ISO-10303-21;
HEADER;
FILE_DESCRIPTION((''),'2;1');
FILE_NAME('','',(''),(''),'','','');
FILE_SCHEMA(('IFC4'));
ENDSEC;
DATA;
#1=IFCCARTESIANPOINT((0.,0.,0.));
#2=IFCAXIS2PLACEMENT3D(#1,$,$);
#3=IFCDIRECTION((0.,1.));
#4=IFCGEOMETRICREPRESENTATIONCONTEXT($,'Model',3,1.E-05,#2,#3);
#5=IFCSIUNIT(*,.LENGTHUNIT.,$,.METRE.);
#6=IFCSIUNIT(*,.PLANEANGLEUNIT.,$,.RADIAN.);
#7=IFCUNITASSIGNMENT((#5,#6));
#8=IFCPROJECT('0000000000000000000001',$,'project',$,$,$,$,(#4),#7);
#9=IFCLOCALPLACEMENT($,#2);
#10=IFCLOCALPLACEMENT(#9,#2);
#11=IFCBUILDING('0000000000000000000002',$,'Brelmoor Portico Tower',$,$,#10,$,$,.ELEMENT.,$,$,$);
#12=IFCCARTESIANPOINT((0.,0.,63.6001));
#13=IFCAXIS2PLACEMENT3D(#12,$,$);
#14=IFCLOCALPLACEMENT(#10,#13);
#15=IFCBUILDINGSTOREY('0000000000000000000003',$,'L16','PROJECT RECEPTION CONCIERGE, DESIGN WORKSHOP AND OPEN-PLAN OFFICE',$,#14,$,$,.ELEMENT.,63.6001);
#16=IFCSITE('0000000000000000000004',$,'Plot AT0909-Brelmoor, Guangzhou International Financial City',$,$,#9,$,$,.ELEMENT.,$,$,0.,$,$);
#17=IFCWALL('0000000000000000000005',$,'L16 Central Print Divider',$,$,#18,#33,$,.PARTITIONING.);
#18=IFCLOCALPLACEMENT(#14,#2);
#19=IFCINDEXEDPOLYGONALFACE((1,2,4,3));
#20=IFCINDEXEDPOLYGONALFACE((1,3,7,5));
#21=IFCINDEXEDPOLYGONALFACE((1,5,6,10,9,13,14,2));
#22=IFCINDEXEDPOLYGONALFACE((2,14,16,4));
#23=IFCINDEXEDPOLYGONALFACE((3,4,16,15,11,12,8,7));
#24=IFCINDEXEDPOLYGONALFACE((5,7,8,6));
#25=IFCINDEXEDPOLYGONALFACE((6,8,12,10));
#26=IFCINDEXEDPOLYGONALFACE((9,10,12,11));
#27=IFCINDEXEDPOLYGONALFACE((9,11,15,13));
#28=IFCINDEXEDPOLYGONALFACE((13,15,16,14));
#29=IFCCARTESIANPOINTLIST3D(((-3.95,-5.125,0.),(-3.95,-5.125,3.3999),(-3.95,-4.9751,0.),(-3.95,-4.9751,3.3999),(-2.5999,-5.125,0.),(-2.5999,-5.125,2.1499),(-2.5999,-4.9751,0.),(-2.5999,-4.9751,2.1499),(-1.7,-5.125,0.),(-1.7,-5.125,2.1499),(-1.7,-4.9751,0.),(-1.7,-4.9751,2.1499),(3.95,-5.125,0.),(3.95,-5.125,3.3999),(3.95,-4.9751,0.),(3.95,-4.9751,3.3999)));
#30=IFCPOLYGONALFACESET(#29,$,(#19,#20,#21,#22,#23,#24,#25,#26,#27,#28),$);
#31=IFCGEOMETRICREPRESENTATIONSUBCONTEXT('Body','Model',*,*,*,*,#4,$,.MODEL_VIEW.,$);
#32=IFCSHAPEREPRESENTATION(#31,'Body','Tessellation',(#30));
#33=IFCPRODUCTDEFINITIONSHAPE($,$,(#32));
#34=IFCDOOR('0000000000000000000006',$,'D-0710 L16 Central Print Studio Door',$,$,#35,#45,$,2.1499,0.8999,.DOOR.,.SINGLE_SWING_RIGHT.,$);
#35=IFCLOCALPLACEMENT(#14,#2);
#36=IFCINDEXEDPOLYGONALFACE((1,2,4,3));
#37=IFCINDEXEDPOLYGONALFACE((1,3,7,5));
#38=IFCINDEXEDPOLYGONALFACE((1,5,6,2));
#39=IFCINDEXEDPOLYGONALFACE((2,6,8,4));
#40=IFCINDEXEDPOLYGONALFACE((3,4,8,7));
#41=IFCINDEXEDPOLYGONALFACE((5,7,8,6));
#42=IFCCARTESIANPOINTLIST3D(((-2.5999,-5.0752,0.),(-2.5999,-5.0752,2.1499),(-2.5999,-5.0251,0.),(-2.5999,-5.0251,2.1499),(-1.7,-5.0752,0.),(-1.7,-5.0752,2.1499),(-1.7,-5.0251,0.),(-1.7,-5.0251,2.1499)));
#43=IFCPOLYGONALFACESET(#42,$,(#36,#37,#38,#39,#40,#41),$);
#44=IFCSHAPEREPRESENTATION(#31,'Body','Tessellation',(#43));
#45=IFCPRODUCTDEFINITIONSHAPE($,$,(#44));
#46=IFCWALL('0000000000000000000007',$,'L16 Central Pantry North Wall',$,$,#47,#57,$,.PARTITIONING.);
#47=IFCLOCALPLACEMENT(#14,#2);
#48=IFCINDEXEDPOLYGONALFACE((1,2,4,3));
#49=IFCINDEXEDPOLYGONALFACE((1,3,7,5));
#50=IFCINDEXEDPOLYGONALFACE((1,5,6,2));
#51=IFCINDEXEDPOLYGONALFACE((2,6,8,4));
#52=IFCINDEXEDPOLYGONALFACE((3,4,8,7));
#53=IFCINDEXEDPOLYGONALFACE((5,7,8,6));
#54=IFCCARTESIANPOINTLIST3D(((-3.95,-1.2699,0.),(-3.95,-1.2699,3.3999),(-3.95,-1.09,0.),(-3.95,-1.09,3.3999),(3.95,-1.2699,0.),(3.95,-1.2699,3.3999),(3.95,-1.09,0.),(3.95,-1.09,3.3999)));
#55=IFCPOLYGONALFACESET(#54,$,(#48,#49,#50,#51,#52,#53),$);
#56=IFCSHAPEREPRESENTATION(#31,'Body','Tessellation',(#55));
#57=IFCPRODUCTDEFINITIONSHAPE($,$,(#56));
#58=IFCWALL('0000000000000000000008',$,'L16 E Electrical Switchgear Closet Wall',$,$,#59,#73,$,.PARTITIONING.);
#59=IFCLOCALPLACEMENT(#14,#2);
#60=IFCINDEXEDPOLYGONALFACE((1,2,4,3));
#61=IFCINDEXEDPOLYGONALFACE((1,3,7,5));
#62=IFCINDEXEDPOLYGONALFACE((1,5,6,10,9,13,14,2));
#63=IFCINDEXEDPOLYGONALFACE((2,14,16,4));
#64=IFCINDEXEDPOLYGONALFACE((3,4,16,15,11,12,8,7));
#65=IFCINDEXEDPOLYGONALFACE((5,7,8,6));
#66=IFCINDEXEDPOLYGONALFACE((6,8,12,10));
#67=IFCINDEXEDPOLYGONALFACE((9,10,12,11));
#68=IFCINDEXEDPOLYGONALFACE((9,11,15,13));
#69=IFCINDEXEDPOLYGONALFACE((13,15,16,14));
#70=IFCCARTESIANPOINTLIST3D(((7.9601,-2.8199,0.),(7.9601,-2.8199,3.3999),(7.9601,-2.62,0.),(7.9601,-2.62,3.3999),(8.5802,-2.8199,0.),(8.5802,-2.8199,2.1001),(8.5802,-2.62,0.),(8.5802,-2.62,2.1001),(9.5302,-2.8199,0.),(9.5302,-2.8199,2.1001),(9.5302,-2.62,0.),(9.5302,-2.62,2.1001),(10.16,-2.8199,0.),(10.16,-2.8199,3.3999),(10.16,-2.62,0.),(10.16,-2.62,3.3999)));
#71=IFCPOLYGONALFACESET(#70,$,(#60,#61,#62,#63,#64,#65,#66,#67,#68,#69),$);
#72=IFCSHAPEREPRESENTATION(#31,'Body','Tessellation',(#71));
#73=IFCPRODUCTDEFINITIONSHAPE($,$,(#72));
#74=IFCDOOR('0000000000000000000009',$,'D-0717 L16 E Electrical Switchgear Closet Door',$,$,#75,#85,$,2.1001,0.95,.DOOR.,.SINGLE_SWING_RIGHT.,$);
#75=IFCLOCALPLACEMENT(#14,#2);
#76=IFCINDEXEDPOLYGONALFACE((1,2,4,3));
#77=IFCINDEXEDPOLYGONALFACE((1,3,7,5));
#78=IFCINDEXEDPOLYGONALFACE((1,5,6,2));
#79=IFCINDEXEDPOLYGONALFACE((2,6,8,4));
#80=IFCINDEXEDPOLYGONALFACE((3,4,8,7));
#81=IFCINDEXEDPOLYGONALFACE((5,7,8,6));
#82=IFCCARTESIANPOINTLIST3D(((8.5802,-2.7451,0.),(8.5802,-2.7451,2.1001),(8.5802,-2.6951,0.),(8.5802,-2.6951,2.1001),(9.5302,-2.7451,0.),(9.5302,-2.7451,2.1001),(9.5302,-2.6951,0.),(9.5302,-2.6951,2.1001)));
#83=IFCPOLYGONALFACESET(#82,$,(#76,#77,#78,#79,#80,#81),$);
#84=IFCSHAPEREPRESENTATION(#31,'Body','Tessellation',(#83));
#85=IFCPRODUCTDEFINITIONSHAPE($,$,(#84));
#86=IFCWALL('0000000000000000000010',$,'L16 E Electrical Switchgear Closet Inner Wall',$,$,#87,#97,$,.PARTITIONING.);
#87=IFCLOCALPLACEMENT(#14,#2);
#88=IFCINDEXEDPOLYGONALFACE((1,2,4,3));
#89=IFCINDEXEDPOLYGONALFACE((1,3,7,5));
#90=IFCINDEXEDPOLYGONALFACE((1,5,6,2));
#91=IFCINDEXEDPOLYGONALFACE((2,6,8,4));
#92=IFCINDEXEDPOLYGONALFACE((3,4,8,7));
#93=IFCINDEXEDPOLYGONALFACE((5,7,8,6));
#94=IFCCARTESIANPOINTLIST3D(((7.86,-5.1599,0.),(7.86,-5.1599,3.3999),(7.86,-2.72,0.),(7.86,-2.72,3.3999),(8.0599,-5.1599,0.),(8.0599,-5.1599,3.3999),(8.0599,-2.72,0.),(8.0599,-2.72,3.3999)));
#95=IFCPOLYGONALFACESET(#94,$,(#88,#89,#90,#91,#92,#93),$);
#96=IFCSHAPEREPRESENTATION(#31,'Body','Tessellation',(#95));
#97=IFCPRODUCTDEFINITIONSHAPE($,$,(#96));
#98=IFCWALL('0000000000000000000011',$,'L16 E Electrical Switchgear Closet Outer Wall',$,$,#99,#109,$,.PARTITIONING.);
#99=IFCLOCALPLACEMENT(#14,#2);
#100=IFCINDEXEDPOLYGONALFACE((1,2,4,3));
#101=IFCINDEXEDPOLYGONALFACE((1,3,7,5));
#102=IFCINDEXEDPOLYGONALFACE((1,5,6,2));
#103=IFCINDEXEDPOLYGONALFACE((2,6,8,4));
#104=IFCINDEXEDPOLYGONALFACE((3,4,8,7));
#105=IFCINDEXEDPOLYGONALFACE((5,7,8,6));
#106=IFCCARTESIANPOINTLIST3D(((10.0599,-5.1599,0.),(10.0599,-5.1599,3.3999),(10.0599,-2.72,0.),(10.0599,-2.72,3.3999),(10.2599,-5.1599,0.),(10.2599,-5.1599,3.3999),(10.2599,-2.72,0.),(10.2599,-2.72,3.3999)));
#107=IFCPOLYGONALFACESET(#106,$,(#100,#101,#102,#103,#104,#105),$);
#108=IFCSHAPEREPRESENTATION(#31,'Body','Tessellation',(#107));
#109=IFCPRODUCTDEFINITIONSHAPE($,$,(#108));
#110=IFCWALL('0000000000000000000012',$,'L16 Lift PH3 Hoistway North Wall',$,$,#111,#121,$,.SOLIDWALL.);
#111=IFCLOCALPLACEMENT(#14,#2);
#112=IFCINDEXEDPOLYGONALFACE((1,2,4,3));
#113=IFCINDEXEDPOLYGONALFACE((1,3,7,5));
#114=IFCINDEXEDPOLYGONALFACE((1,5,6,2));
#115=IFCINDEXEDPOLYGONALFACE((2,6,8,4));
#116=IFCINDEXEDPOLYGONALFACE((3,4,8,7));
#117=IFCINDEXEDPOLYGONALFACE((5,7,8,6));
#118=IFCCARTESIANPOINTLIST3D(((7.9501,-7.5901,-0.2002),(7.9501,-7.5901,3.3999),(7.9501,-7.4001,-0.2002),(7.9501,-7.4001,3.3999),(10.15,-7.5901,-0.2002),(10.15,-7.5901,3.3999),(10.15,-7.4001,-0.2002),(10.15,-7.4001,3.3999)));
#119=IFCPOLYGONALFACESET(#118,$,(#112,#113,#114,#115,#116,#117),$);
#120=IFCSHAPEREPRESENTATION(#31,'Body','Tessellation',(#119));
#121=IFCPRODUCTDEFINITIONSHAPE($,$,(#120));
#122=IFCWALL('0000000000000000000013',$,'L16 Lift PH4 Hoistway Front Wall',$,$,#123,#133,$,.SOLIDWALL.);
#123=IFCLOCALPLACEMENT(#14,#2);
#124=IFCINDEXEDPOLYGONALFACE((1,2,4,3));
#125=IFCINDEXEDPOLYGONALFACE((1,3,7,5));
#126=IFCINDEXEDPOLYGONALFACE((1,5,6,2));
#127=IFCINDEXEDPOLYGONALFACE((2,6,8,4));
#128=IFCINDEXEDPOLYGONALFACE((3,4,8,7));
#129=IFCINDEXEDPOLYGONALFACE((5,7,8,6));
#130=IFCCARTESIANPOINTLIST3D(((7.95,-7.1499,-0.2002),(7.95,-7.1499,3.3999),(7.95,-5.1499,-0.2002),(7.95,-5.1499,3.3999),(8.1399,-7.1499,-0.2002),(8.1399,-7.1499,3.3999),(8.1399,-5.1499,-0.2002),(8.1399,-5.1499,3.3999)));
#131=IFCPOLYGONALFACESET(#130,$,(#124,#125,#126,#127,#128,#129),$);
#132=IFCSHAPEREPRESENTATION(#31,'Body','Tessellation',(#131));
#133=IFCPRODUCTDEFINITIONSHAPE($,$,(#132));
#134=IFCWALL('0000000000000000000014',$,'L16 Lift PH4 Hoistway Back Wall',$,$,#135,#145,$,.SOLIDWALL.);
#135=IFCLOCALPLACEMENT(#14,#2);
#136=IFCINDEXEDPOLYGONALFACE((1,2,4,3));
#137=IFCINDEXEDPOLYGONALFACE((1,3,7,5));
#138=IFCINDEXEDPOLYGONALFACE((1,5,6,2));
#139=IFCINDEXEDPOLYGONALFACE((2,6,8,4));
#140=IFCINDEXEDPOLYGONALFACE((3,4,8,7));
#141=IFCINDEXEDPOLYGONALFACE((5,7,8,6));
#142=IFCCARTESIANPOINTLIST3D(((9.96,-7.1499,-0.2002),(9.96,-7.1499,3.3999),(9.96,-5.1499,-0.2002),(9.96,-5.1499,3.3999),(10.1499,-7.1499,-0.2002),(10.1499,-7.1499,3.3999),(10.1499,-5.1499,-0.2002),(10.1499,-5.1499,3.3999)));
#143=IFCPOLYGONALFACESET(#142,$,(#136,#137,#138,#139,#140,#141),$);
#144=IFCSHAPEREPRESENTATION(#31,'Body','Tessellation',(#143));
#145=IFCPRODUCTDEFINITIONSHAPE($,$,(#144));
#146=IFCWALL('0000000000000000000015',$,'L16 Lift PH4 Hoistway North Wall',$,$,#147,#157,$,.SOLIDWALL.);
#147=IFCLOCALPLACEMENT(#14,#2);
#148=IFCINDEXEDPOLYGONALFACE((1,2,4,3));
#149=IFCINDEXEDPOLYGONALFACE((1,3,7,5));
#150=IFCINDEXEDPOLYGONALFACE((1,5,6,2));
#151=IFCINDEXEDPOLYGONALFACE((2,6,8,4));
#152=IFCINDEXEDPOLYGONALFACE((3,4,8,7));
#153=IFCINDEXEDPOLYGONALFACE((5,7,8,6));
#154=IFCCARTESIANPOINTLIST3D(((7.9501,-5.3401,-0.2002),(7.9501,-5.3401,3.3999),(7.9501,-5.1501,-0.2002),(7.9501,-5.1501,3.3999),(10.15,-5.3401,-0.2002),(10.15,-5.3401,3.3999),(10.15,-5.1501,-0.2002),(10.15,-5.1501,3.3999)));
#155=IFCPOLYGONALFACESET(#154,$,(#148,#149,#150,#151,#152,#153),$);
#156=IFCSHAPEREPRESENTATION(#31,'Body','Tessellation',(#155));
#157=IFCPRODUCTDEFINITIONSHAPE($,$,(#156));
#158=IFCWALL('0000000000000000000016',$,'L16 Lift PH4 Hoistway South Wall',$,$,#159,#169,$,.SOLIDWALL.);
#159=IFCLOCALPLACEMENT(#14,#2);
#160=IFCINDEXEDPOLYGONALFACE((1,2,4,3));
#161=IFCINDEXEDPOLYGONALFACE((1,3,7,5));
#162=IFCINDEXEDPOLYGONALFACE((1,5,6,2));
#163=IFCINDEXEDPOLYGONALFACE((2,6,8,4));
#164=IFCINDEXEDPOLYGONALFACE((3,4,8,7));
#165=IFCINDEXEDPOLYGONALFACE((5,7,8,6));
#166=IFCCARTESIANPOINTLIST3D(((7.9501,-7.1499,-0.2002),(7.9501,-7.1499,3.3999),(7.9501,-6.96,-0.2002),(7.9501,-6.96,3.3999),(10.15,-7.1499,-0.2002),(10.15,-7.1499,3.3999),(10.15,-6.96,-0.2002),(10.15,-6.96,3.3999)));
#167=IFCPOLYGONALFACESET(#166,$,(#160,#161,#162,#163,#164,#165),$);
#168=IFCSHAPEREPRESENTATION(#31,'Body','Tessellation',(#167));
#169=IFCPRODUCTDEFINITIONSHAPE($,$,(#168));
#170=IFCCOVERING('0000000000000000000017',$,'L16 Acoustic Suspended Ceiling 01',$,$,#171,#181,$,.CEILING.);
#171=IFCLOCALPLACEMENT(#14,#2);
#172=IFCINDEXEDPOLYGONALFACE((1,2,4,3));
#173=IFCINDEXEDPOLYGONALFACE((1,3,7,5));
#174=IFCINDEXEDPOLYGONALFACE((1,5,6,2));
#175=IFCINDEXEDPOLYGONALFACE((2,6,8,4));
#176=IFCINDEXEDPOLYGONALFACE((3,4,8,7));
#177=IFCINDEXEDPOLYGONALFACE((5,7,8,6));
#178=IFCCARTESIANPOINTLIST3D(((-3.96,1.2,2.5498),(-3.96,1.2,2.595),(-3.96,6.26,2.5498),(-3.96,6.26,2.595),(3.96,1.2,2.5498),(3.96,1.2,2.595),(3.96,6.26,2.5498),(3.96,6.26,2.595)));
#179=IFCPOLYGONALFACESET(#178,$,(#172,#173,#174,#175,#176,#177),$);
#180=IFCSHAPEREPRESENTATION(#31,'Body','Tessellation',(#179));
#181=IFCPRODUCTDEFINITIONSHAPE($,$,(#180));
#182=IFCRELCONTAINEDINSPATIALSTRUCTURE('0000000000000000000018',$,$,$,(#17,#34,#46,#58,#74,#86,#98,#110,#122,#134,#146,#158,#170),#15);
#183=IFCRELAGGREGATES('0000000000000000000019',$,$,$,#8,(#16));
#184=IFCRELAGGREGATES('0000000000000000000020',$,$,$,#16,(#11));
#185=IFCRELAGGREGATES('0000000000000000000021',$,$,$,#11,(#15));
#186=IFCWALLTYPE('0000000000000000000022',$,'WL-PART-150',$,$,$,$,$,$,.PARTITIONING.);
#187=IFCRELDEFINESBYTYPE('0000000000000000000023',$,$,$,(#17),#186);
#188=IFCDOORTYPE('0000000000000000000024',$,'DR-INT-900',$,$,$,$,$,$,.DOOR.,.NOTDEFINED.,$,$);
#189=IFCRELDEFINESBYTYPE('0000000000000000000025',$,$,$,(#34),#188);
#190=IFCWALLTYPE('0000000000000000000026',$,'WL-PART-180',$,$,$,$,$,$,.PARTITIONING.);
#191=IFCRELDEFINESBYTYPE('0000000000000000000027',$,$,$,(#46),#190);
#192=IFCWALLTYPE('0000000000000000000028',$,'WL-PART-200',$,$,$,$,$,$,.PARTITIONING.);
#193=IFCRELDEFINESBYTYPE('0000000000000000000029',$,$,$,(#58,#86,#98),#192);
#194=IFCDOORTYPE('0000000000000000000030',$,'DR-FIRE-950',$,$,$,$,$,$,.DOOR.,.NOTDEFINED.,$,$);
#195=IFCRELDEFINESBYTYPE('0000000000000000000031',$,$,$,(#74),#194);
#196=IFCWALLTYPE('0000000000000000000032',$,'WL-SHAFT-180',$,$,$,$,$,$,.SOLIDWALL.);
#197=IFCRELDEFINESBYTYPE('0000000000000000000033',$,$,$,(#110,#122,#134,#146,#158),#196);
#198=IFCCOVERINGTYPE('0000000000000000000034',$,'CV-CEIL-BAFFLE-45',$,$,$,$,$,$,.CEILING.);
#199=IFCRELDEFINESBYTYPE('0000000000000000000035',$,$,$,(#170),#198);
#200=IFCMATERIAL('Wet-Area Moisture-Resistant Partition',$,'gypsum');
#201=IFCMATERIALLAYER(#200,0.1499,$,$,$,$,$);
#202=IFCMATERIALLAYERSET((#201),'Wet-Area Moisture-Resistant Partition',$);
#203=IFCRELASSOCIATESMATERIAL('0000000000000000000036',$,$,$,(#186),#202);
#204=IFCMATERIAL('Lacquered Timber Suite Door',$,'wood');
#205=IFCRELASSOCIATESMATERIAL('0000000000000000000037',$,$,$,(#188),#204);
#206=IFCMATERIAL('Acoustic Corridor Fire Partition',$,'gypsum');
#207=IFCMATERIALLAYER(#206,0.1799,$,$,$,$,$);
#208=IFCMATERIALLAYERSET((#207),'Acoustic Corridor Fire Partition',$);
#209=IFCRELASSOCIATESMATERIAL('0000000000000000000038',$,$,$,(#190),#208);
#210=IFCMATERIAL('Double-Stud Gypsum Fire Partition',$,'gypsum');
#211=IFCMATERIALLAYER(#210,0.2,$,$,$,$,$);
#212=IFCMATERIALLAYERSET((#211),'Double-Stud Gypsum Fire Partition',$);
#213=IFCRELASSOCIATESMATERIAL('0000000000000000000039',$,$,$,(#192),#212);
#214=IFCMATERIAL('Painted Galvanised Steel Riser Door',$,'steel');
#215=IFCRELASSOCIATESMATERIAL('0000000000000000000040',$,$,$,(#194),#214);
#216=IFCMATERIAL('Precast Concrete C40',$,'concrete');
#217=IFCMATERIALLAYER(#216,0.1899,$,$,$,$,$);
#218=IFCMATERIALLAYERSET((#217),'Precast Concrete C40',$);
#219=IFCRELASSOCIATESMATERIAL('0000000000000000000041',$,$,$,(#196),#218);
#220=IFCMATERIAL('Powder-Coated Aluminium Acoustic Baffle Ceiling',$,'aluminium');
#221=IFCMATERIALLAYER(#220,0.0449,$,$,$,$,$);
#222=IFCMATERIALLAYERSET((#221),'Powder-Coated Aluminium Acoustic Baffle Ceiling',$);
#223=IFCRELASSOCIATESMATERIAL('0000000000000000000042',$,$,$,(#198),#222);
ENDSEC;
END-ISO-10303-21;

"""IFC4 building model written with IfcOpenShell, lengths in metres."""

from ifc_helpers import new_model, si_unit, direction, frame, frame_2d, origin, place, context, subcontext, project, spatial, polyline, rectangle, outline, extrude, material, layer, layer_set, type_object, element, fill, save


model = new_model("IFC4")

# Units and contexts
model_context = context("Model", 3, precision=1e-05, world=origin(), true_north=direction((0.0, 1.0)))
body_context = subcontext(model_context, "Body", "Model", "MODEL_VIEW")
ifc_project = project(units=[si_unit("LENGTHUNIT", "METRE"), si_unit("PLANEANGLEUNIT", "RADIAN")], contexts=[model_context])

# Site, building, storey
site_placement = place(None, origin())
site = spatial("IfcSite", under=ifc_project, at=site_placement, Name="Plot AT0909-Brelmoor, Guangzhou International Financial City", CompositionType="ELEMENT", RefElevation=0.0)
building_placement = place(site_placement, origin())
building = spatial("IfcBuilding", under=site, at=building_placement, Name="Brelmoor Portico Tower", CompositionType="ELEMENT")
storey_placement = place(building_placement, frame((0.0, 0.0, 63.6001)))
storey = spatial("IfcBuildingStorey", under=building, at=storey_placement, Name="L16", Description="PROJECT RECEPTION CONCIERGE, DESIGN WORKSHOP AND OPEN-PLAN OFFICE", CompositionType="ELEMENT", Elevation=63.6001)

# Wall, opening, door
ifc_material_1 = material(Name="Wet-Area Moisture-Resistant Partition", Category="gypsum")
ifc_layer_1 = layer(ifc_material_1, 0.1499)
ifc_layer_set_1 = layer_set([ifc_layer_1], Name="Wet-Area Moisture-Resistant Partition")
wall_type_1 = type_object("IfcWallType", Name="WL-PART-150", PredefinedType="PARTITIONING", material=ifc_layer_set_1)
wall_1_placement = place(storey_placement, frame((-3.95, -5.05, 0.0), z_axis=(0.0, 0.0, 1.0), x_axis=(1.0, 0.0, 0.0)))
wall_1 = element("IfcWall", 1, at=wall_1_placement, inside=storey, type_object=wall_type_1, Name="L16 Central Print Divider", PredefinedType="PARTITIONING", context=body_context, shape_type="SweptSolid", body=[
    extrude(rectangle(XDim=7.8999, YDim=0.1499, at=frame_2d((3.95, 0.0))), origin(), (0.0, 0.0, 1.0), 3.3999),
])
opening_1_placement = place(wall_1_placement, frame((1.3501, 0.0, 0.0)))
opening_1 = element("IfcOpeningElement", 2, at=opening_1_placement, cuts=wall_1, PredefinedType="OPENING", context=body_context, shape_type="SweptSolid", body=[
    extrude(rectangle(XDim=0.8999, YDim=2.1499, at=frame_2d((0.45, 1.075))), frame((0.0, 0.085, 0.0), z_axis=(0.0, -1.0, 0.0), x_axis=(1.0, 0.0, 0.0)), (0.0, 0.0, 1.0), 0.1699),
])
ifc_material_2 = material(Name="Lacquered Timber Suite Door", Category="wood")
door_type_1 = type_object("IfcDoorType", Name="DR-INT-900", OperationType="NOTDEFINED", PredefinedType="DOOR", material=ifc_material_2)
door_1_placement = place(opening_1_placement, origin())
door_1 = element("IfcDoor", 3, at=door_1_placement, inside=storey, type_object=door_type_1, Name="D-0710 L16 Central Print Studio Door", OperationType="SINGLE_SWING_RIGHT", OverallHeight=2.1499, OverallWidth=0.8999, PredefinedType="DOOR", context=body_context, shape_type="SweptSolid", body=[
    extrude(rectangle(XDim=0.8999, YDim=2.1499, at=frame_2d((0.45, 1.075))), frame((0.0, 0.0249, 0.0), z_axis=(0.0, -1.0, 0.0), x_axis=(1.0, 0.0, 0.0)), (0.0, 0.0, 1.0), 0.05),
])
fill(opening_1, door_1)

# Wall
ifc_material_3 = material(Name="Acoustic Corridor Fire Partition", Category="gypsum")
ifc_layer_2 = layer(ifc_material_3, 0.1799)
ifc_layer_set_2 = layer_set([ifc_layer_2], Name="Acoustic Corridor Fire Partition")
wall_type_2 = type_object("IfcWallType", Name="WL-PART-180", PredefinedType="PARTITIONING", material=ifc_layer_set_2)
wall_2_placement = place(storey_placement, frame((-3.95, -1.1799, 0.0), z_axis=(0.0, 0.0, 1.0), x_axis=(1.0, 0.0, 0.0)))
element("IfcWall", 4, at=wall_2_placement, inside=storey, type_object=wall_type_2, Name="L16 Central Pantry North Wall", PredefinedType="PARTITIONING", context=body_context, shape_type="SweptSolid", body=[
    extrude(rectangle(XDim=7.8999, YDim=0.1799, at=frame_2d((3.95, 0.0))), origin(), (0.0, 0.0, 1.0), 3.3999),
])

# Wall, opening, door
ifc_material_4 = material(Name="Double-Stud Gypsum Fire Partition", Category="gypsum")
ifc_layer_3 = layer(ifc_material_4, 0.2)
ifc_layer_set_3 = layer_set([ifc_layer_3], Name="Double-Stud Gypsum Fire Partition")
wall_type_3 = type_object("IfcWallType", Name="WL-PART-200", PredefinedType="PARTITIONING", material=ifc_layer_set_3)
wall_3_placement = place(storey_placement, frame((7.96, -2.72, 0.0), z_axis=(0.0, 0.0, 1.0), x_axis=(1.0, 0.0, 0.0)))
wall_3 = element("IfcWall", 5, at=wall_3_placement, inside=storey, type_object=wall_type_3, Name="L16 E Electrical Switchgear Closet Wall", PredefinedType="PARTITIONING", context=body_context, shape_type="SweptSolid", body=[
    extrude(rectangle(XDim=2.2, YDim=0.2, at=frame_2d((1.1001, 0.0))), origin(), (0.0, 0.0, 1.0), 3.3999),
])
opening_2_placement = place(wall_3_placement, frame((0.6201, 0.0, 0.0)))
opening_2 = element("IfcOpeningElement", 6, at=opening_2_placement, cuts=wall_3, PredefinedType="OPENING", context=body_context, shape_type="SweptSolid", body=[
    extrude(rectangle(XDim=0.95, YDim=2.1001, at=frame_2d((0.4751, 1.05))), frame((0.0, 0.1099, 0.0), z_axis=(0.0, -1.0, 0.0), x_axis=(1.0, 0.0, 0.0)), (0.0, 0.0, 1.0), 0.22),
])
ifc_material_5 = material(Name="Painted Galvanised Steel Riser Door", Category="steel")
door_type_2 = type_object("IfcDoorType", Name="DR-FIRE-950", OperationType="NOTDEFINED", PredefinedType="DOOR", material=ifc_material_5)
door_2_placement = place(opening_2_placement, origin())
door_2 = element("IfcDoor", 7, at=door_2_placement, inside=storey, type_object=door_type_2, Name="D-0717 L16 E Electrical Switchgear Closet Door", OperationType="SINGLE_SWING_RIGHT", OverallHeight=2.1001, OverallWidth=0.95, PredefinedType="DOOR", context=body_context, shape_type="SweptSolid", body=[
    extrude(rectangle(XDim=0.95, YDim=2.1001, at=frame_2d((0.4751, 1.05))), frame((0.0, 0.0249, 0.0), z_axis=(0.0, -1.0, 0.0), x_axis=(1.0, 0.0, 0.0)), (0.0, 0.0, 1.0), 0.05),
])
fill(opening_2, door_2)

# Walls
for number, where, z_axis, x_axis, name in (
    (8, (7.96, -5.1599, 0.0), (0.0, 0.0, 1.0), (0.0, 1.0, 0.0), "L16 E Electrical Switchgear Closet Inner Wall"),
    (9, (10.1599, -5.1599, 0.0), (0.0, 0.0, 1.0), (0.0, 1.0, 0.0), "L16 E Electrical Switchgear Closet Outer Wall"),
):
    element("IfcWall", number, at=place(storey_placement, frame(where, z_axis=z_axis, x_axis=x_axis)), inside=storey, type_object=wall_type_3, Name=name, PredefinedType="PARTITIONING", context=body_context, shape_type="SweptSolid", body=[
        extrude(rectangle(XDim=2.4399, YDim=0.2, at=frame_2d((1.22, 0.0))), origin(), (0.0, 0.0, 1.0), 3.3999),
    ])
ifc_material_6 = material(Name="Precast Concrete C40", Category="concrete")
ifc_layer_4 = layer(ifc_material_6, 0.1899)
ifc_layer_set_4 = layer_set([ifc_layer_4], Name="Precast Concrete C40")
wall_type_4 = type_object("IfcWallType", Name="WL-SHAFT-180", PredefinedType="SOLIDWALL", material=ifc_layer_set_4)
wall_4_placement = place(storey_placement, frame((7.95, -7.4951, -0.2002), z_axis=(0.0, 0.0, 1.0), x_axis=(1.0, 0.0, 0.0)))
element("IfcWall", 10, at=wall_4_placement, inside=storey, type_object=wall_type_4, Name="L16 Lift PH3 Hoistway North Wall", PredefinedType="SOLIDWALL", context=body_context, shape_type="SweptSolid", body=[
    extrude(rectangle(XDim=2.2, YDim=0.1899, at=frame_2d((1.1001, 0.0))), origin(), (0.0, 0.0, 1.0), 3.6001),
])
for number, where, z_axis, x_axis, name in (
    (11, (8.0449, -7.1499, -0.2002), (0.0, 0.0, 1.0), (0.0, 1.0, 0.0), "L16 Lift PH4 Hoistway Front Wall"),
    (12, (10.0549, -7.1499, -0.2002), (0.0, 0.0, 1.0), (0.0, 1.0, 0.0), "L16 Lift PH4 Hoistway Back Wall"),
):
    element("IfcWall", number, at=place(storey_placement, frame(where, z_axis=z_axis, x_axis=x_axis)), inside=storey, type_object=wall_type_4, Name=name, PredefinedType="SOLIDWALL", context=body_context, shape_type="SweptSolid", body=[
        extrude(rectangle(XDim=2.0, YDim=0.1899, at=frame_2d((1.0, 0.0))), origin(), (0.0, 0.0, 1.0), 3.6001),
    ])
for number, where, z_axis, x_axis, name in (
    (13, (7.95, -5.2451, -0.2002), (0.0, 0.0, 1.0), (1.0, 0.0, 0.0), "L16 Lift PH4 Hoistway North Wall"),
    (14, (7.95, -7.0549, -0.2002), (0.0, 0.0, 1.0), (1.0, 0.0, 0.0), "L16 Lift PH4 Hoistway South Wall"),
):
    element("IfcWall", number, at=place(storey_placement, frame(where, z_axis=z_axis, x_axis=x_axis)), inside=storey, type_object=wall_type_4, Name=name, PredefinedType="SOLIDWALL", context=body_context, shape_type="SweptSolid", body=[
        extrude(rectangle(XDim=2.2, YDim=0.1899, at=frame_2d((1.1001, 0.0))), origin(), (0.0, 0.0, 1.0), 3.6001),
    ])

# Covering
ifc_material_7 = material(Name="Powder-Coated Aluminium Acoustic Baffle Ceiling", Category="aluminium")
ifc_layer_5 = layer(ifc_material_7, 0.0449)
ifc_layer_set_5 = layer_set([ifc_layer_5], Name="Powder-Coated Aluminium Acoustic Baffle Ceiling")
covering_type_1 = type_object("IfcCoveringType", Name="CV-CEIL-BAFFLE-45", PredefinedType="CEILING", material=ifc_layer_set_5)
covering_1_placement = place(storey_placement, frame((0.0, 0.0, 2.5498)))
element("IfcCovering", 15, at=covering_1_placement, inside=storey, type_object=covering_type_1, Name="L16 Acoustic Suspended Ceiling 01", PredefinedType="CEILING", context=body_context, shape_type="SweptSolid", body=[
    extrude(outline(polyline([(-3.96, 1.2), (-3.96, 6.26), (3.96, 6.26), (3.96, 1.2), (-3.96, 1.2)])), origin(), (0.0, 0.0, 1.0), 0.0452),
])

save(model, "model.ifc")
